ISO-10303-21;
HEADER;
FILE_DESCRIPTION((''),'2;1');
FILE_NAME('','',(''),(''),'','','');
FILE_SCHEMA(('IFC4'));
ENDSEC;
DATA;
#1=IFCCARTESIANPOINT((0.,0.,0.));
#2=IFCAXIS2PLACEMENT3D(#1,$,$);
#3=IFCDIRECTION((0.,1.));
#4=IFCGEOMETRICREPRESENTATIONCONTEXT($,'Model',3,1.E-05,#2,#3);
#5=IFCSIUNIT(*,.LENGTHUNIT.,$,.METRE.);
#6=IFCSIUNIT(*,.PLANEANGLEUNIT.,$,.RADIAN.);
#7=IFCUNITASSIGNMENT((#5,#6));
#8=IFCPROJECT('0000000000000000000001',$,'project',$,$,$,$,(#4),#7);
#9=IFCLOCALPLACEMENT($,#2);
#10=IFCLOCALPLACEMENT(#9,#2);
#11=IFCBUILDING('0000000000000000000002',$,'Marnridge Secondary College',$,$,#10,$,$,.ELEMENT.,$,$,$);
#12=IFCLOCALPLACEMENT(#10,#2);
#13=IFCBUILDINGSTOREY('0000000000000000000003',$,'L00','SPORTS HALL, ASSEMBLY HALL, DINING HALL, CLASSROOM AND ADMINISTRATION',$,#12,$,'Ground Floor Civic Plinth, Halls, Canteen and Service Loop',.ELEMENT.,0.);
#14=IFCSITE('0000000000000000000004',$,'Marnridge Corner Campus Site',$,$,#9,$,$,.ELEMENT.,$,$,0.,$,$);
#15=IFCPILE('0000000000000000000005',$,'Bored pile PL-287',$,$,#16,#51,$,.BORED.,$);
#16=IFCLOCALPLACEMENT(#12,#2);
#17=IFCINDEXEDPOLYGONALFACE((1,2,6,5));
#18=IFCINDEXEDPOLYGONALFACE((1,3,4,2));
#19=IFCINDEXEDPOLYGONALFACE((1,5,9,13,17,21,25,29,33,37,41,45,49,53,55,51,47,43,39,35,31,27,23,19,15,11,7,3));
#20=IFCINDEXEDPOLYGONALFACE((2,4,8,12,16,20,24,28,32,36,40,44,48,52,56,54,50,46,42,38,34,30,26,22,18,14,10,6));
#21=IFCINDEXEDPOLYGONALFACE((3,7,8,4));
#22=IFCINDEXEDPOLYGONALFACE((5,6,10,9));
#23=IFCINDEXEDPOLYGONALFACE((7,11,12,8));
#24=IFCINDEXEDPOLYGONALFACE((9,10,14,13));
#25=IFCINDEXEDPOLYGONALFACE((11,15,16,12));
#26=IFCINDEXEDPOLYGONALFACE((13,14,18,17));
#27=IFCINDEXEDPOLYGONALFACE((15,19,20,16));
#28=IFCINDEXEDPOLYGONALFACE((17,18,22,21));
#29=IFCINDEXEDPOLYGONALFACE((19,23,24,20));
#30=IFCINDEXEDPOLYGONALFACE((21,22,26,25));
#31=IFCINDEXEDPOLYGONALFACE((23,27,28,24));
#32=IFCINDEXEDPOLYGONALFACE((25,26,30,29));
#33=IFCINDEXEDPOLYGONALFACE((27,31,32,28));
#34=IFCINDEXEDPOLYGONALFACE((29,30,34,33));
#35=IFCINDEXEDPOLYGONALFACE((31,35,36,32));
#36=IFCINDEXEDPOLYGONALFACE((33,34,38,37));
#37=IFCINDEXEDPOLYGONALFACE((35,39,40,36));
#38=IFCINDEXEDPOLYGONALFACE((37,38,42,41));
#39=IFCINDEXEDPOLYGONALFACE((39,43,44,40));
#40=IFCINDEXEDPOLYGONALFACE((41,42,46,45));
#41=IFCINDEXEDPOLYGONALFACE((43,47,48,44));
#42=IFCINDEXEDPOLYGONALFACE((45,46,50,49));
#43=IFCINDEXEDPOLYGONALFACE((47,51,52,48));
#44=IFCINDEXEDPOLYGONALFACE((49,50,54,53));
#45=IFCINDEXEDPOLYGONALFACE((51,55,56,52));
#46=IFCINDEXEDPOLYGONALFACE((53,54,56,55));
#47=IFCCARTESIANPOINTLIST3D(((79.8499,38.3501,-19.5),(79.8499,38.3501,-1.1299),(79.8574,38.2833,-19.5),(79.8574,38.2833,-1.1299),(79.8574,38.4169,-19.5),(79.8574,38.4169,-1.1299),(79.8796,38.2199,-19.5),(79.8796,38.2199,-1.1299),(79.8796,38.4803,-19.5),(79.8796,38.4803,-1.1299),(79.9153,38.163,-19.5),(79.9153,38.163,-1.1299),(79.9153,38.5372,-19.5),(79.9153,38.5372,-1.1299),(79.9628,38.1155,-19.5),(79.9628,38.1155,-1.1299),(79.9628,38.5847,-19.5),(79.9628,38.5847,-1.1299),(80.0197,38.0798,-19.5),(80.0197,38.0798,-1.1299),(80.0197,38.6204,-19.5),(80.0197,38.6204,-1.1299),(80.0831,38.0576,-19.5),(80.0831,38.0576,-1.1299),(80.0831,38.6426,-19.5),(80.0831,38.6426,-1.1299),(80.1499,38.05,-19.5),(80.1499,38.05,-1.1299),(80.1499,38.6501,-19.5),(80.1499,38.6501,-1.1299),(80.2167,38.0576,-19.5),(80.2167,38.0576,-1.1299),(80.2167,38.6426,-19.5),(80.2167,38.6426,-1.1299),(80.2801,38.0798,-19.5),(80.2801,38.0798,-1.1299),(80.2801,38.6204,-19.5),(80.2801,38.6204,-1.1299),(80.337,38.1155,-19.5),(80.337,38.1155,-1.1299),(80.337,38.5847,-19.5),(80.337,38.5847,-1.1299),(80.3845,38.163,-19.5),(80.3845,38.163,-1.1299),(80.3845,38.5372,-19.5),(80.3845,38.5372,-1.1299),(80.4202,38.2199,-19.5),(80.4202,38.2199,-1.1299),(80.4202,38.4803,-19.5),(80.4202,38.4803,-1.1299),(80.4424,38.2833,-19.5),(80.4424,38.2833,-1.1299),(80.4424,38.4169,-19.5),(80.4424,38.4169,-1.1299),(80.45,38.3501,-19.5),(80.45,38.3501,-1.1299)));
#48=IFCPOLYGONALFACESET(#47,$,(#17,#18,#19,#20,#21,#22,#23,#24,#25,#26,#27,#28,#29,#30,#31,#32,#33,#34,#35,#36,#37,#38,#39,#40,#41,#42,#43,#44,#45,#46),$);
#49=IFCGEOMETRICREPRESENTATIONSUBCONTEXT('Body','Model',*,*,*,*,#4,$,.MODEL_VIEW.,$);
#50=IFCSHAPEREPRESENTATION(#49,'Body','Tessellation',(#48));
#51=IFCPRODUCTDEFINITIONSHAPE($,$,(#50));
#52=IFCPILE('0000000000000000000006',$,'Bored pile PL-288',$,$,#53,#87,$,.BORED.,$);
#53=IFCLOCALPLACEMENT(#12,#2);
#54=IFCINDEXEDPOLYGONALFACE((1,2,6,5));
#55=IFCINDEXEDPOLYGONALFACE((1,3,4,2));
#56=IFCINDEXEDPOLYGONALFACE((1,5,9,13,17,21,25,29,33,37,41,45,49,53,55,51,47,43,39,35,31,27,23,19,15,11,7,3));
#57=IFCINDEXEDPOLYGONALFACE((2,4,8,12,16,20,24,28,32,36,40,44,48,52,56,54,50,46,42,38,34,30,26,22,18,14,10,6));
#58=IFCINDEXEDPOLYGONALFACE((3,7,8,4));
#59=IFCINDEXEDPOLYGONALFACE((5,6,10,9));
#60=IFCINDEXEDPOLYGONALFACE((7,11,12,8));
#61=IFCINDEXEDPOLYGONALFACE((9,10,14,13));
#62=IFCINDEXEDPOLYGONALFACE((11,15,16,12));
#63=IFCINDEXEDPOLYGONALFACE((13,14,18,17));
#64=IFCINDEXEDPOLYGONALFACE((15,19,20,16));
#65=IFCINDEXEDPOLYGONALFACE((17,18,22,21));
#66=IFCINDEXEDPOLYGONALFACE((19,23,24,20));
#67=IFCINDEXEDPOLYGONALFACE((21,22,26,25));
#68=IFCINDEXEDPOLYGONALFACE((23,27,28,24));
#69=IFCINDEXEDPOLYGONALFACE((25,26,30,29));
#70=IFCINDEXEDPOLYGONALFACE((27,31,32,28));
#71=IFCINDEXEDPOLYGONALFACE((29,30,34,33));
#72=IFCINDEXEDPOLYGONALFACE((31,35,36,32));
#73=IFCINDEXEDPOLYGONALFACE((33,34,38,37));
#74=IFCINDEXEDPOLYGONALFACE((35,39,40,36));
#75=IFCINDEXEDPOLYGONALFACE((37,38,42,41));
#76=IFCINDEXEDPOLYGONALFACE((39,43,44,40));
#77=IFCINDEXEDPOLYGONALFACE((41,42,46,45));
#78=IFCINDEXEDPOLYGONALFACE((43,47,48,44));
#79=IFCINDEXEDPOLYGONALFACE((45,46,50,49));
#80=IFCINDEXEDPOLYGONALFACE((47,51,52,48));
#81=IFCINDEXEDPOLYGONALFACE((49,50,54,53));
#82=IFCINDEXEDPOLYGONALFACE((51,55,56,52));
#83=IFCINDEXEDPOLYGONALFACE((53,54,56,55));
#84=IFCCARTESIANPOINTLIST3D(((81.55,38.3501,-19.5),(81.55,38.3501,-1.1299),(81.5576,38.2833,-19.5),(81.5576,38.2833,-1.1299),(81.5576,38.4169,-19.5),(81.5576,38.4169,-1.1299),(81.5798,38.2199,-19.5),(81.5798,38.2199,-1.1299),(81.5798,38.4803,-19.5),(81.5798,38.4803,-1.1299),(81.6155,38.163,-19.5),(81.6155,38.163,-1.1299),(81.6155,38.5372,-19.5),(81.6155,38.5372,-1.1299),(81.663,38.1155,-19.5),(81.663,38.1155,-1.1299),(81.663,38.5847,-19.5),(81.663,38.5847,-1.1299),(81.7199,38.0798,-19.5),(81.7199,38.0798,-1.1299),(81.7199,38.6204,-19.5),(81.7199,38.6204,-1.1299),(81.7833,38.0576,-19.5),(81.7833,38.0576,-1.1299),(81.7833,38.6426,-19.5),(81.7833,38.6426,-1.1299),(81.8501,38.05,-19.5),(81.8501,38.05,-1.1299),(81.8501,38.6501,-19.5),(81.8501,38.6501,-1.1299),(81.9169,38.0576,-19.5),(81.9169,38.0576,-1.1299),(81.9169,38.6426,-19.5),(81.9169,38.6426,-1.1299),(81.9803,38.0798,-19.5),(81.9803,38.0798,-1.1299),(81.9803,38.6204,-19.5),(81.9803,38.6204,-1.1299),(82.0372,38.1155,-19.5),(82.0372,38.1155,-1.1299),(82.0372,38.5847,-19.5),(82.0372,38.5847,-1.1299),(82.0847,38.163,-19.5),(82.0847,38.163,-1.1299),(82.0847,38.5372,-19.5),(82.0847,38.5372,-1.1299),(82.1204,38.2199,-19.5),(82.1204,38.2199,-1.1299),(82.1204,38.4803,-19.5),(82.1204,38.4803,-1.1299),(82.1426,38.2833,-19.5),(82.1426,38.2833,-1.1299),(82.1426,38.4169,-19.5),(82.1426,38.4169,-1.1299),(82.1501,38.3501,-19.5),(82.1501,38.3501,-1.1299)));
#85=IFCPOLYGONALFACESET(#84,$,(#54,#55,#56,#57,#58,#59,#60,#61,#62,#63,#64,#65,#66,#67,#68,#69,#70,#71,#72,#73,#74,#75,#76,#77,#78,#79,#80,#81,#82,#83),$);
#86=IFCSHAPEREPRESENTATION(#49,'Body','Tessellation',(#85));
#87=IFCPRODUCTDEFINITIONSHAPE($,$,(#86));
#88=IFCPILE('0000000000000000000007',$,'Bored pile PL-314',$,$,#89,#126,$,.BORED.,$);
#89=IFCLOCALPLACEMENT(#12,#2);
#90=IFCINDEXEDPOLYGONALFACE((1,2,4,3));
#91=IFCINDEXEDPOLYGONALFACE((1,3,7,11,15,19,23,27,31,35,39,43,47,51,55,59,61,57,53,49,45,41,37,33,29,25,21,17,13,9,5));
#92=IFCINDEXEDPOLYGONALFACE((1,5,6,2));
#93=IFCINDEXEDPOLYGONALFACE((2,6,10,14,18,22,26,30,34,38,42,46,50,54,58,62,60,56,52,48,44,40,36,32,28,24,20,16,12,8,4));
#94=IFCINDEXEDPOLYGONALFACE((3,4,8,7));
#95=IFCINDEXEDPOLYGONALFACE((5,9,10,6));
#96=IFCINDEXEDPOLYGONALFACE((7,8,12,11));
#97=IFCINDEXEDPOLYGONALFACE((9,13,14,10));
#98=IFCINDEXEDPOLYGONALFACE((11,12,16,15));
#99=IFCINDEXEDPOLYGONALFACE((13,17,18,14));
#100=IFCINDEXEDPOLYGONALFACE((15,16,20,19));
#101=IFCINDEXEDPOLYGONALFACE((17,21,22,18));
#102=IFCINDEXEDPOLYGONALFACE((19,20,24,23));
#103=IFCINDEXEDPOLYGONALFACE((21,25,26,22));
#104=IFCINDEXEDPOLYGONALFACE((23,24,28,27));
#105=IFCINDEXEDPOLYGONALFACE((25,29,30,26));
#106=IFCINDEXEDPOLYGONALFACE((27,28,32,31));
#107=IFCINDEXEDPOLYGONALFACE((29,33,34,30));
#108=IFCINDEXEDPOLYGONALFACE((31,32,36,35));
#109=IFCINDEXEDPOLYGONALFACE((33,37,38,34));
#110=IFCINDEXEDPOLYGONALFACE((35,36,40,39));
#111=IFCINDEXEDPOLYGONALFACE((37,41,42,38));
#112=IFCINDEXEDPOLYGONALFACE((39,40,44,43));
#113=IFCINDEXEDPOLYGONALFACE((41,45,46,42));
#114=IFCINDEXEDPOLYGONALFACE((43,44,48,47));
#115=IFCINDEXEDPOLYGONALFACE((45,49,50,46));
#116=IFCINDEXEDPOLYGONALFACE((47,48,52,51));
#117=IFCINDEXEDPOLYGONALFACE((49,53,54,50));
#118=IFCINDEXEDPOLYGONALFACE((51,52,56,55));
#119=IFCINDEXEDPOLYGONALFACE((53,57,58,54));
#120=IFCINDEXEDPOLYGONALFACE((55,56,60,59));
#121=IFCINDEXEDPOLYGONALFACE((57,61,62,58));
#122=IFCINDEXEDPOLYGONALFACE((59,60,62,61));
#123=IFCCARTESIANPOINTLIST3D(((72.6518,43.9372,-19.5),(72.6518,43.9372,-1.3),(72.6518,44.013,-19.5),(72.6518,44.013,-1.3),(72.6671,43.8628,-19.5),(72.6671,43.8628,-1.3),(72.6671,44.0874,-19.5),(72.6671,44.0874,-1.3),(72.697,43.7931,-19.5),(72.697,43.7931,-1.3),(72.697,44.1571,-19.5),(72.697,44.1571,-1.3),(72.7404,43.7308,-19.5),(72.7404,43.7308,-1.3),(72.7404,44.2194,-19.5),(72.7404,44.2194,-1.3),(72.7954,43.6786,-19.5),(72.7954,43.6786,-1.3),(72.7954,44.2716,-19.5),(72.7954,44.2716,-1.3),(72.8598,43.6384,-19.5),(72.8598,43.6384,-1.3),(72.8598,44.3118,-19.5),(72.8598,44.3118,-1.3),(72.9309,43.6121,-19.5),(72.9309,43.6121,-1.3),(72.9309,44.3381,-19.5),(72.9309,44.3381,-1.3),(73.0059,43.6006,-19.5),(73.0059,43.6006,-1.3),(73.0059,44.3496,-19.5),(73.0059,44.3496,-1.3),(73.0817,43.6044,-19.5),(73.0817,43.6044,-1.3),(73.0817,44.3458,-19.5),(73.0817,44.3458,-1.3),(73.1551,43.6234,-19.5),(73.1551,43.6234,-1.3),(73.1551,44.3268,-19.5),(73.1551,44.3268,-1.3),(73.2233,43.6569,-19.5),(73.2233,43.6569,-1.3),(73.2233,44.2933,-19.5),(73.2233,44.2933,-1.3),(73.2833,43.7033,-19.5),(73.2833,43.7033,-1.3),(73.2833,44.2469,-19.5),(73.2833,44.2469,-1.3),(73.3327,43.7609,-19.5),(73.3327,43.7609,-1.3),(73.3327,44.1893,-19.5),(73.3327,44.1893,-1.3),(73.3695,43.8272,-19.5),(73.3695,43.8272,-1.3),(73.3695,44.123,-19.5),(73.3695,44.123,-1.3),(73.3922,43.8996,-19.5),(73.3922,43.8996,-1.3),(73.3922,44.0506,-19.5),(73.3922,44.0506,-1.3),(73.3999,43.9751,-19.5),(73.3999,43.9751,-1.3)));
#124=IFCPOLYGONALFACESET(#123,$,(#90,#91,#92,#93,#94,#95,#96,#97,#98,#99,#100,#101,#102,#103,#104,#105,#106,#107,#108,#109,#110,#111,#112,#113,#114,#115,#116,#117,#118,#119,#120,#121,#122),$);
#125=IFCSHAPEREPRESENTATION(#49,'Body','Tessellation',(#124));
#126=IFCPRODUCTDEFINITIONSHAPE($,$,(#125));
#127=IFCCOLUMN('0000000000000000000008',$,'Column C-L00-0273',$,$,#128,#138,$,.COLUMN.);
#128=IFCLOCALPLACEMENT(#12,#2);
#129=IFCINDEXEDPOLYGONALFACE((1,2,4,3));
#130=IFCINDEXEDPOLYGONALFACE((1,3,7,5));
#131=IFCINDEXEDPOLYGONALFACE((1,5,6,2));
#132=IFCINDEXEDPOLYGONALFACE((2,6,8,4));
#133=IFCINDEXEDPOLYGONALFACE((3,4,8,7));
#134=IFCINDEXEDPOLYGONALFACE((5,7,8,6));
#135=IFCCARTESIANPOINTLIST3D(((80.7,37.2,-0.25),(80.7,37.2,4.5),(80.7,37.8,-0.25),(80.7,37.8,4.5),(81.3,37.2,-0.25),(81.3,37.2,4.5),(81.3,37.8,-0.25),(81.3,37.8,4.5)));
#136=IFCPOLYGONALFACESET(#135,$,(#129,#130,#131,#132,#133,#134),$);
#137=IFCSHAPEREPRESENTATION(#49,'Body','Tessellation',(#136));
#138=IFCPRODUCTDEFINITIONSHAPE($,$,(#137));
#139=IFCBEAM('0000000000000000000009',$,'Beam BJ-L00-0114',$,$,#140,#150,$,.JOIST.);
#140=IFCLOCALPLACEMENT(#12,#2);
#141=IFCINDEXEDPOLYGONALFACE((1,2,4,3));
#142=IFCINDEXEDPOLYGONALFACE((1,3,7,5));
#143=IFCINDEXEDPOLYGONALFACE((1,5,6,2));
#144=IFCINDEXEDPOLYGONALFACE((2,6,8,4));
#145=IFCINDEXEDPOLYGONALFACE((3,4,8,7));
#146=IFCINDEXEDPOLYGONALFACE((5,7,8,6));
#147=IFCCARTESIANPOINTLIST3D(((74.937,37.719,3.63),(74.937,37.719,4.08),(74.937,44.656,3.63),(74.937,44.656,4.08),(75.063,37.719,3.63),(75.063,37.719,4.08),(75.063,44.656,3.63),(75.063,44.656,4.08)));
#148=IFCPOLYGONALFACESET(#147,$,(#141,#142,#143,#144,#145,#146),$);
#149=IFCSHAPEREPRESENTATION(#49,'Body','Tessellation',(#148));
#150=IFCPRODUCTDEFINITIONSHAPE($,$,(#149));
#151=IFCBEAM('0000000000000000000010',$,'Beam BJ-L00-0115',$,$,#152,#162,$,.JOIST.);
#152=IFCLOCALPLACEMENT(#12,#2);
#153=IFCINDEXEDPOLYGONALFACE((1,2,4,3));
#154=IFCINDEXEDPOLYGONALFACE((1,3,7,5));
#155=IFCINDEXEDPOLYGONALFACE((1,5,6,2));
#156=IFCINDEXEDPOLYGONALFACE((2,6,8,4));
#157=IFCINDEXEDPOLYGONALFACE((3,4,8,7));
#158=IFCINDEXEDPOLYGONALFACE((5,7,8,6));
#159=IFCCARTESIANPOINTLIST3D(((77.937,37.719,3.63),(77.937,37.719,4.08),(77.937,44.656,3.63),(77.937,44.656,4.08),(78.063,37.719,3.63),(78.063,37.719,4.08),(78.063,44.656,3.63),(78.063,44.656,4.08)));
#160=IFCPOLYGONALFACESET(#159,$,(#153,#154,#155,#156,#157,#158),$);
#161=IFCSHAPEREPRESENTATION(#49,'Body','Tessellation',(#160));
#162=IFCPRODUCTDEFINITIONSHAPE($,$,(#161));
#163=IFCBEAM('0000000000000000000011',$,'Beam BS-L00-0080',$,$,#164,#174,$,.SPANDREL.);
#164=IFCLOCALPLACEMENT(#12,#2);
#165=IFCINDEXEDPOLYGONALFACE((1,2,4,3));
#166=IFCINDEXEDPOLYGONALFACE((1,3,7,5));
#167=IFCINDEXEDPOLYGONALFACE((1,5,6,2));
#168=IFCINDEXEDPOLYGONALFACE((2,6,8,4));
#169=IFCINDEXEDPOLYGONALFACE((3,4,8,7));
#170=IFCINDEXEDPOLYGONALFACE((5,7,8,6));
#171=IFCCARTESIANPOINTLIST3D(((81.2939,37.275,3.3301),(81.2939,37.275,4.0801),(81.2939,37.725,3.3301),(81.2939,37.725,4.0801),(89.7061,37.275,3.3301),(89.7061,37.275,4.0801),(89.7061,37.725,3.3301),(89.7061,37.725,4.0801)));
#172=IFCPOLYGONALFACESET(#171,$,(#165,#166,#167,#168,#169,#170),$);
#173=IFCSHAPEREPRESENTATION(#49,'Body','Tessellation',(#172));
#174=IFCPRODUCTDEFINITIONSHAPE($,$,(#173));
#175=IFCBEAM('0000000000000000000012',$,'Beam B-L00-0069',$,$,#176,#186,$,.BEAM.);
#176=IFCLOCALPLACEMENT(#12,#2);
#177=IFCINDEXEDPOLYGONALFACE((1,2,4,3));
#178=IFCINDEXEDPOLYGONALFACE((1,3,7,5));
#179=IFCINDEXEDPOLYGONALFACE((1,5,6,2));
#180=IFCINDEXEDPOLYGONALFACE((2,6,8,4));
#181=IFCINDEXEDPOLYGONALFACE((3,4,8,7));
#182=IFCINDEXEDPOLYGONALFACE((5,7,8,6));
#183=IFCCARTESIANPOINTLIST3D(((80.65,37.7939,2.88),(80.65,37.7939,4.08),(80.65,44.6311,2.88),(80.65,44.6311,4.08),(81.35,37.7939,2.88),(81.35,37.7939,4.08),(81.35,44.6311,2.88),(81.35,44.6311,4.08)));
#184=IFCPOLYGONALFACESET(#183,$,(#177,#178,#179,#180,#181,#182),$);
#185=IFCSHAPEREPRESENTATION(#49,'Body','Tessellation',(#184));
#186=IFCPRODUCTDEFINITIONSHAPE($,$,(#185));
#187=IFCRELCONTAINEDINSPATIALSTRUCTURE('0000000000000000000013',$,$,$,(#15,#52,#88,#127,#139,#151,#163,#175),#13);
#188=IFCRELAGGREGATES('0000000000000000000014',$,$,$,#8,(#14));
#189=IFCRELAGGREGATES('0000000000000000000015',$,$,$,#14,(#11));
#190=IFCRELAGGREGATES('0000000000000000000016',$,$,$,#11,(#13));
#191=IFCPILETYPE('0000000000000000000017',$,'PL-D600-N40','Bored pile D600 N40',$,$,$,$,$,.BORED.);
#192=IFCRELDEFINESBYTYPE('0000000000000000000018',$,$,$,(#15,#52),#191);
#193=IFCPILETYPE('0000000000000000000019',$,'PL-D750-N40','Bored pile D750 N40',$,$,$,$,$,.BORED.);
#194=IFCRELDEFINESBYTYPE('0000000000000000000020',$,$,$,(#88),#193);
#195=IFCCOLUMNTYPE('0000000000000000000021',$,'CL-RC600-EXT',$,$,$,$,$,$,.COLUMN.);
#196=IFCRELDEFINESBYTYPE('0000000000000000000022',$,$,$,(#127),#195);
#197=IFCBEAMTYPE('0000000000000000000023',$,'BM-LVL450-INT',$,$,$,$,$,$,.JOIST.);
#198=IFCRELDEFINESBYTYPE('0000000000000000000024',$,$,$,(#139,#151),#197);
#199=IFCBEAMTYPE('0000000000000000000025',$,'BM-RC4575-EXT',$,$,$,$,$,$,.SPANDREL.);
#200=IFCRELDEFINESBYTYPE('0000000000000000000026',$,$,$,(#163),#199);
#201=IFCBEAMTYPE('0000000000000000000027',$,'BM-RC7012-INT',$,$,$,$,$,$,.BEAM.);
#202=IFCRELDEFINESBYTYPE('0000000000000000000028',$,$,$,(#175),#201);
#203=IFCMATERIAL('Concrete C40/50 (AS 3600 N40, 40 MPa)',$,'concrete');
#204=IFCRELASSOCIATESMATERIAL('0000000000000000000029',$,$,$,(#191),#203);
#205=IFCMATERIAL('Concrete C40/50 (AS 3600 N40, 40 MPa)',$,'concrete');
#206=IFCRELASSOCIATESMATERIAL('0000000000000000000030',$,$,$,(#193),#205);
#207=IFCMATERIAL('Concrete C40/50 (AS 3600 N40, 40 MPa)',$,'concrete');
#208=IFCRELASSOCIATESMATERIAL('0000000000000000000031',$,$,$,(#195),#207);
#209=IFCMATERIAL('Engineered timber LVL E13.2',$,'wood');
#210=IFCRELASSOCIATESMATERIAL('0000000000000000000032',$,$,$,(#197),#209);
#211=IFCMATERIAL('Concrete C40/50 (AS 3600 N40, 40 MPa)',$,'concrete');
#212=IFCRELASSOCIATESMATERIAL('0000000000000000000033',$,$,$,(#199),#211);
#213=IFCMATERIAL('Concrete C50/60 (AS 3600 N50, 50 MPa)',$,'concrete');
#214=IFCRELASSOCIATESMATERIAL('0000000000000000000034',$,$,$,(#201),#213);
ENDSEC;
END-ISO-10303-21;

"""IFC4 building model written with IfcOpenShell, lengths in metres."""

from ifc_helpers import new_model, si_unit, direction, frame, origin, origin_2d, place, context, subcontext, project, spatial, rectangle, circle, extrude, material, material_profile, profile_set, type_object, element, save


model = new_model("IFC4")

# Units and contexts
model_context = context("Model", 3, precision=1e-05, world=origin(), true_north=direction((0.0, 1.0)))
body_context = subcontext(model_context, "Body", "Model", "MODEL_VIEW")
ifc_project = project(units=[si_unit("LENGTHUNIT", "METRE"), si_unit("PLANEANGLEUNIT", "RADIAN")], contexts=[model_context])

# Site, building, storey
site_placement = place(None, origin())
site = spatial("IfcSite", under=ifc_project, at=site_placement, Name="Marnridge Corner Campus Site", CompositionType="ELEMENT", RefElevation=0.0)
building_placement = place(site_placement, origin())
building = spatial("IfcBuilding", under=site, at=building_placement, Name="Marnridge Secondary College", CompositionType="ELEMENT")
storey_placement = place(building_placement, origin())
storey = spatial("IfcBuildingStorey", under=building, at=storey_placement, Name="L00", Description="SPORTS HALL, ASSEMBLY HALL, DINING HALL, CLASSROOM AND ADMINISTRATION", LongName="Ground Floor Civic Plinth, Halls, Canteen and Service Loop", CompositionType="ELEMENT", Elevation=0.0)

# Piles
ifc_material_1 = material(Name="Concrete C40/50 (AS 3600 N40, 40 MPa)", Category="concrete")
ifc_material_profile_1 = material_profile(ifc_material_1, circle(Radius=0.3, at=origin_2d()), Name="PILE D600")
ifc_profile_set_1 = profile_set([ifc_material_profile_1], Name="Concrete C40/50 (AS 3600 N40, 40 MPa)")
pile_type_1 = type_object("IfcPileType", Name="PL-D600-N40", Description="Bored pile D600 N40", PredefinedType="BORED", material=ifc_profile_set_1)
for number, where, z_axis, x_axis, name in (
    (1, (80.1499, 38.3501, -1.1299), (0.0, 0.0, -1.0), (1.0, 0.0, 0.0), "Bored pile PL-287"),
    (2, (81.8501, 38.3501, -1.1299), (0.0, 0.0, -1.0), (1.0, 0.0, 0.0), "Bored pile PL-288"),
):
    element("IfcPile", number, at=place(storey_placement, frame(where, z_axis=z_axis, x_axis=x_axis)), inside=storey, type_object=pile_type_1, Name=name, PredefinedType="BORED", context=body_context, shape_type="SweptSolid", body=[
        extrude(circle(Radius=0.3, at=origin_2d()), origin(), (0.0, 0.0, 1.0), 18.3701),
    ])
ifc_material_2 = material(Name="Concrete C40/50 (AS 3600 N40, 40 MPa)", Category="concrete")
ifc_material_profile_2 = material_profile(ifc_material_2, circle(Radius=0.375, at=origin_2d()), Name="PILE D750")
ifc_profile_set_2 = profile_set([ifc_material_profile_2], Name="Concrete C40/50 (AS 3600 N40, 40 MPa)")
pile_type_2 = type_object("IfcPileType", Name="PL-D750-N40", Description="Bored pile D750 N40", PredefinedType="BORED", material=ifc_profile_set_2)
pile_placement = place(storey_placement, frame((73.0249, 43.9751, -1.3), z_axis=(0.0, 0.0, -1.0), x_axis=(1.0, 0.0, 0.0)))
element("IfcPile", 3, at=pile_placement, inside=storey, type_object=pile_type_2, Name="Bored pile PL-314", PredefinedType="BORED", context=body_context, shape_type="SweptSolid", body=[
    extrude(circle(Radius=0.375, at=origin_2d()), origin(), (0.0, 0.0, 1.0), 18.2),
])

# Column
ifc_material_3 = material(Name="Concrete C40/50 (AS 3600 N40, 40 MPa)", Category="concrete")
ifc_material_profile_3 = material_profile(ifc_material_3, rectangle(XDim=0.6001, YDim=0.6001, at=origin_2d()), Name="RC 600x600")
ifc_profile_set_3 = profile_set([ifc_material_profile_3], Name="Concrete C40/50 (AS 3600 N40, 40 MPa)")
column_type = type_object("IfcColumnType", Name="CL-RC600-EXT", PredefinedType="COLUMN", material=ifc_profile_set_3)
column_placement = place(storey_placement, frame((81.0, 37.5, -0.25), z_axis=(0.0, 0.0, 1.0), x_axis=(1.0, 0.0, 0.0)))
element("IfcColumn", 4, at=column_placement, inside=storey, type_object=column_type, Name="Column C-L00-0273", PredefinedType="COLUMN", context=body_context, shape_type="SweptSolid", body=[
    extrude(rectangle(XDim=0.6001, YDim=0.6001, at=origin_2d()), origin(), (0.0, 0.0, 1.0), 4.75),
])

# Beams
ifc_material_4 = material(Name="Engineered timber LVL E13.2", Category="wood")
ifc_material_profile_4 = material_profile(ifc_material_4, rectangle(XDim=0.126, YDim=0.45, at=origin_2d()), Name="LVL 126x450")
ifc_profile_set_4 = profile_set([ifc_material_profile_4], Name="Engineered timber LVL E13.2")
beam_type_1 = type_object("IfcBeamType", Name="BM-LVL450-INT", PredefinedType="JOIST", material=ifc_profile_set_4)
for number, where, z_axis, x_axis, name in (
    (5, (75.0, 37.719, 3.855), (0.0, 1.0, 0.0), (-1.0, 0.0, 0.0), "Beam BJ-L00-0114"),
    (6, (78.0, 37.719, 3.855), (0.0, 1.0, 0.0), (-1.0, 0.0, 0.0), "Beam BJ-L00-0115"),
):
    element("IfcBeam", number, at=place(storey_placement, frame(where, z_axis=z_axis, x_axis=x_axis)), inside=storey, type_object=beam_type_1, Name=name, PredefinedType="JOIST", context=body_context, shape_type="SweptSolid", body=[
        extrude(rectangle(XDim=0.126, YDim=0.45, at=origin_2d()), origin(), (0.0, 0.0, 1.0), 6.937),
    ])
ifc_material_5 = material(Name="Concrete C40/50 (AS 3600 N40, 40 MPa)", Category="concrete")
ifc_material_profile_5 = material_profile(ifc_material_5, rectangle(XDim=0.45, YDim=0.75, at=origin_2d()), Name="RC 450x750")
ifc_profile_set_5 = profile_set([ifc_material_profile_5], Name="Concrete C40/50 (AS 3600 N40, 40 MPa)")
beam_type_2 = type_object("IfcBeamType", Name="BM-RC4575-EXT", PredefinedType="SPANDREL", material=ifc_profile_set_5)
beam_1_placement = place(storey_placement, frame((81.2939, 37.5, 3.7051), z_axis=(1.0, 0.0, 0.0), x_axis=(0.0, 1.0, 0.0)))
element("IfcBeam", 7, at=beam_1_placement, inside=storey, type_object=beam_type_2, Name="Beam BS-L00-0080", PredefinedType="SPANDREL", context=body_context, shape_type="SweptSolid", body=[
    extrude(rectangle(XDim=0.45, YDim=0.75, at=origin_2d()), origin(), (0.0, 0.0, 1.0), 8.4121),
])
ifc_material_6 = material(Name="Concrete C50/60 (AS 3600 N50, 50 MPa)", Category="concrete")
ifc_material_profile_6 = material_profile(ifc_material_6, rectangle(XDim=0.7, YDim=1.2, at=origin_2d()), Name="RC 700x1200")
ifc_profile_set_6 = profile_set([ifc_material_profile_6], Name="Concrete C50/60 (AS 3600 N50, 50 MPa)")
beam_type_3 = type_object("IfcBeamType", Name="BM-RC7012-INT", PredefinedType="BEAM", material=ifc_profile_set_6)
beam_2_placement = place(storey_placement, frame((81.0, 37.7939, 3.48), z_axis=(0.0, 1.0, 0.0), x_axis=(-1.0, 0.0, 0.0)))
element("IfcBeam", 8, at=beam_2_placement, inside=storey, type_object=beam_type_3, Name="Beam B-L00-0069", PredefinedType="BEAM", context=body_context, shape_type="SweptSolid", body=[
    extrude(rectangle(XDim=0.7, YDim=1.2, at=origin_2d()), origin(), (0.0, 0.0, 1.0), 6.8372),
])

save(model, "model.ifc")
